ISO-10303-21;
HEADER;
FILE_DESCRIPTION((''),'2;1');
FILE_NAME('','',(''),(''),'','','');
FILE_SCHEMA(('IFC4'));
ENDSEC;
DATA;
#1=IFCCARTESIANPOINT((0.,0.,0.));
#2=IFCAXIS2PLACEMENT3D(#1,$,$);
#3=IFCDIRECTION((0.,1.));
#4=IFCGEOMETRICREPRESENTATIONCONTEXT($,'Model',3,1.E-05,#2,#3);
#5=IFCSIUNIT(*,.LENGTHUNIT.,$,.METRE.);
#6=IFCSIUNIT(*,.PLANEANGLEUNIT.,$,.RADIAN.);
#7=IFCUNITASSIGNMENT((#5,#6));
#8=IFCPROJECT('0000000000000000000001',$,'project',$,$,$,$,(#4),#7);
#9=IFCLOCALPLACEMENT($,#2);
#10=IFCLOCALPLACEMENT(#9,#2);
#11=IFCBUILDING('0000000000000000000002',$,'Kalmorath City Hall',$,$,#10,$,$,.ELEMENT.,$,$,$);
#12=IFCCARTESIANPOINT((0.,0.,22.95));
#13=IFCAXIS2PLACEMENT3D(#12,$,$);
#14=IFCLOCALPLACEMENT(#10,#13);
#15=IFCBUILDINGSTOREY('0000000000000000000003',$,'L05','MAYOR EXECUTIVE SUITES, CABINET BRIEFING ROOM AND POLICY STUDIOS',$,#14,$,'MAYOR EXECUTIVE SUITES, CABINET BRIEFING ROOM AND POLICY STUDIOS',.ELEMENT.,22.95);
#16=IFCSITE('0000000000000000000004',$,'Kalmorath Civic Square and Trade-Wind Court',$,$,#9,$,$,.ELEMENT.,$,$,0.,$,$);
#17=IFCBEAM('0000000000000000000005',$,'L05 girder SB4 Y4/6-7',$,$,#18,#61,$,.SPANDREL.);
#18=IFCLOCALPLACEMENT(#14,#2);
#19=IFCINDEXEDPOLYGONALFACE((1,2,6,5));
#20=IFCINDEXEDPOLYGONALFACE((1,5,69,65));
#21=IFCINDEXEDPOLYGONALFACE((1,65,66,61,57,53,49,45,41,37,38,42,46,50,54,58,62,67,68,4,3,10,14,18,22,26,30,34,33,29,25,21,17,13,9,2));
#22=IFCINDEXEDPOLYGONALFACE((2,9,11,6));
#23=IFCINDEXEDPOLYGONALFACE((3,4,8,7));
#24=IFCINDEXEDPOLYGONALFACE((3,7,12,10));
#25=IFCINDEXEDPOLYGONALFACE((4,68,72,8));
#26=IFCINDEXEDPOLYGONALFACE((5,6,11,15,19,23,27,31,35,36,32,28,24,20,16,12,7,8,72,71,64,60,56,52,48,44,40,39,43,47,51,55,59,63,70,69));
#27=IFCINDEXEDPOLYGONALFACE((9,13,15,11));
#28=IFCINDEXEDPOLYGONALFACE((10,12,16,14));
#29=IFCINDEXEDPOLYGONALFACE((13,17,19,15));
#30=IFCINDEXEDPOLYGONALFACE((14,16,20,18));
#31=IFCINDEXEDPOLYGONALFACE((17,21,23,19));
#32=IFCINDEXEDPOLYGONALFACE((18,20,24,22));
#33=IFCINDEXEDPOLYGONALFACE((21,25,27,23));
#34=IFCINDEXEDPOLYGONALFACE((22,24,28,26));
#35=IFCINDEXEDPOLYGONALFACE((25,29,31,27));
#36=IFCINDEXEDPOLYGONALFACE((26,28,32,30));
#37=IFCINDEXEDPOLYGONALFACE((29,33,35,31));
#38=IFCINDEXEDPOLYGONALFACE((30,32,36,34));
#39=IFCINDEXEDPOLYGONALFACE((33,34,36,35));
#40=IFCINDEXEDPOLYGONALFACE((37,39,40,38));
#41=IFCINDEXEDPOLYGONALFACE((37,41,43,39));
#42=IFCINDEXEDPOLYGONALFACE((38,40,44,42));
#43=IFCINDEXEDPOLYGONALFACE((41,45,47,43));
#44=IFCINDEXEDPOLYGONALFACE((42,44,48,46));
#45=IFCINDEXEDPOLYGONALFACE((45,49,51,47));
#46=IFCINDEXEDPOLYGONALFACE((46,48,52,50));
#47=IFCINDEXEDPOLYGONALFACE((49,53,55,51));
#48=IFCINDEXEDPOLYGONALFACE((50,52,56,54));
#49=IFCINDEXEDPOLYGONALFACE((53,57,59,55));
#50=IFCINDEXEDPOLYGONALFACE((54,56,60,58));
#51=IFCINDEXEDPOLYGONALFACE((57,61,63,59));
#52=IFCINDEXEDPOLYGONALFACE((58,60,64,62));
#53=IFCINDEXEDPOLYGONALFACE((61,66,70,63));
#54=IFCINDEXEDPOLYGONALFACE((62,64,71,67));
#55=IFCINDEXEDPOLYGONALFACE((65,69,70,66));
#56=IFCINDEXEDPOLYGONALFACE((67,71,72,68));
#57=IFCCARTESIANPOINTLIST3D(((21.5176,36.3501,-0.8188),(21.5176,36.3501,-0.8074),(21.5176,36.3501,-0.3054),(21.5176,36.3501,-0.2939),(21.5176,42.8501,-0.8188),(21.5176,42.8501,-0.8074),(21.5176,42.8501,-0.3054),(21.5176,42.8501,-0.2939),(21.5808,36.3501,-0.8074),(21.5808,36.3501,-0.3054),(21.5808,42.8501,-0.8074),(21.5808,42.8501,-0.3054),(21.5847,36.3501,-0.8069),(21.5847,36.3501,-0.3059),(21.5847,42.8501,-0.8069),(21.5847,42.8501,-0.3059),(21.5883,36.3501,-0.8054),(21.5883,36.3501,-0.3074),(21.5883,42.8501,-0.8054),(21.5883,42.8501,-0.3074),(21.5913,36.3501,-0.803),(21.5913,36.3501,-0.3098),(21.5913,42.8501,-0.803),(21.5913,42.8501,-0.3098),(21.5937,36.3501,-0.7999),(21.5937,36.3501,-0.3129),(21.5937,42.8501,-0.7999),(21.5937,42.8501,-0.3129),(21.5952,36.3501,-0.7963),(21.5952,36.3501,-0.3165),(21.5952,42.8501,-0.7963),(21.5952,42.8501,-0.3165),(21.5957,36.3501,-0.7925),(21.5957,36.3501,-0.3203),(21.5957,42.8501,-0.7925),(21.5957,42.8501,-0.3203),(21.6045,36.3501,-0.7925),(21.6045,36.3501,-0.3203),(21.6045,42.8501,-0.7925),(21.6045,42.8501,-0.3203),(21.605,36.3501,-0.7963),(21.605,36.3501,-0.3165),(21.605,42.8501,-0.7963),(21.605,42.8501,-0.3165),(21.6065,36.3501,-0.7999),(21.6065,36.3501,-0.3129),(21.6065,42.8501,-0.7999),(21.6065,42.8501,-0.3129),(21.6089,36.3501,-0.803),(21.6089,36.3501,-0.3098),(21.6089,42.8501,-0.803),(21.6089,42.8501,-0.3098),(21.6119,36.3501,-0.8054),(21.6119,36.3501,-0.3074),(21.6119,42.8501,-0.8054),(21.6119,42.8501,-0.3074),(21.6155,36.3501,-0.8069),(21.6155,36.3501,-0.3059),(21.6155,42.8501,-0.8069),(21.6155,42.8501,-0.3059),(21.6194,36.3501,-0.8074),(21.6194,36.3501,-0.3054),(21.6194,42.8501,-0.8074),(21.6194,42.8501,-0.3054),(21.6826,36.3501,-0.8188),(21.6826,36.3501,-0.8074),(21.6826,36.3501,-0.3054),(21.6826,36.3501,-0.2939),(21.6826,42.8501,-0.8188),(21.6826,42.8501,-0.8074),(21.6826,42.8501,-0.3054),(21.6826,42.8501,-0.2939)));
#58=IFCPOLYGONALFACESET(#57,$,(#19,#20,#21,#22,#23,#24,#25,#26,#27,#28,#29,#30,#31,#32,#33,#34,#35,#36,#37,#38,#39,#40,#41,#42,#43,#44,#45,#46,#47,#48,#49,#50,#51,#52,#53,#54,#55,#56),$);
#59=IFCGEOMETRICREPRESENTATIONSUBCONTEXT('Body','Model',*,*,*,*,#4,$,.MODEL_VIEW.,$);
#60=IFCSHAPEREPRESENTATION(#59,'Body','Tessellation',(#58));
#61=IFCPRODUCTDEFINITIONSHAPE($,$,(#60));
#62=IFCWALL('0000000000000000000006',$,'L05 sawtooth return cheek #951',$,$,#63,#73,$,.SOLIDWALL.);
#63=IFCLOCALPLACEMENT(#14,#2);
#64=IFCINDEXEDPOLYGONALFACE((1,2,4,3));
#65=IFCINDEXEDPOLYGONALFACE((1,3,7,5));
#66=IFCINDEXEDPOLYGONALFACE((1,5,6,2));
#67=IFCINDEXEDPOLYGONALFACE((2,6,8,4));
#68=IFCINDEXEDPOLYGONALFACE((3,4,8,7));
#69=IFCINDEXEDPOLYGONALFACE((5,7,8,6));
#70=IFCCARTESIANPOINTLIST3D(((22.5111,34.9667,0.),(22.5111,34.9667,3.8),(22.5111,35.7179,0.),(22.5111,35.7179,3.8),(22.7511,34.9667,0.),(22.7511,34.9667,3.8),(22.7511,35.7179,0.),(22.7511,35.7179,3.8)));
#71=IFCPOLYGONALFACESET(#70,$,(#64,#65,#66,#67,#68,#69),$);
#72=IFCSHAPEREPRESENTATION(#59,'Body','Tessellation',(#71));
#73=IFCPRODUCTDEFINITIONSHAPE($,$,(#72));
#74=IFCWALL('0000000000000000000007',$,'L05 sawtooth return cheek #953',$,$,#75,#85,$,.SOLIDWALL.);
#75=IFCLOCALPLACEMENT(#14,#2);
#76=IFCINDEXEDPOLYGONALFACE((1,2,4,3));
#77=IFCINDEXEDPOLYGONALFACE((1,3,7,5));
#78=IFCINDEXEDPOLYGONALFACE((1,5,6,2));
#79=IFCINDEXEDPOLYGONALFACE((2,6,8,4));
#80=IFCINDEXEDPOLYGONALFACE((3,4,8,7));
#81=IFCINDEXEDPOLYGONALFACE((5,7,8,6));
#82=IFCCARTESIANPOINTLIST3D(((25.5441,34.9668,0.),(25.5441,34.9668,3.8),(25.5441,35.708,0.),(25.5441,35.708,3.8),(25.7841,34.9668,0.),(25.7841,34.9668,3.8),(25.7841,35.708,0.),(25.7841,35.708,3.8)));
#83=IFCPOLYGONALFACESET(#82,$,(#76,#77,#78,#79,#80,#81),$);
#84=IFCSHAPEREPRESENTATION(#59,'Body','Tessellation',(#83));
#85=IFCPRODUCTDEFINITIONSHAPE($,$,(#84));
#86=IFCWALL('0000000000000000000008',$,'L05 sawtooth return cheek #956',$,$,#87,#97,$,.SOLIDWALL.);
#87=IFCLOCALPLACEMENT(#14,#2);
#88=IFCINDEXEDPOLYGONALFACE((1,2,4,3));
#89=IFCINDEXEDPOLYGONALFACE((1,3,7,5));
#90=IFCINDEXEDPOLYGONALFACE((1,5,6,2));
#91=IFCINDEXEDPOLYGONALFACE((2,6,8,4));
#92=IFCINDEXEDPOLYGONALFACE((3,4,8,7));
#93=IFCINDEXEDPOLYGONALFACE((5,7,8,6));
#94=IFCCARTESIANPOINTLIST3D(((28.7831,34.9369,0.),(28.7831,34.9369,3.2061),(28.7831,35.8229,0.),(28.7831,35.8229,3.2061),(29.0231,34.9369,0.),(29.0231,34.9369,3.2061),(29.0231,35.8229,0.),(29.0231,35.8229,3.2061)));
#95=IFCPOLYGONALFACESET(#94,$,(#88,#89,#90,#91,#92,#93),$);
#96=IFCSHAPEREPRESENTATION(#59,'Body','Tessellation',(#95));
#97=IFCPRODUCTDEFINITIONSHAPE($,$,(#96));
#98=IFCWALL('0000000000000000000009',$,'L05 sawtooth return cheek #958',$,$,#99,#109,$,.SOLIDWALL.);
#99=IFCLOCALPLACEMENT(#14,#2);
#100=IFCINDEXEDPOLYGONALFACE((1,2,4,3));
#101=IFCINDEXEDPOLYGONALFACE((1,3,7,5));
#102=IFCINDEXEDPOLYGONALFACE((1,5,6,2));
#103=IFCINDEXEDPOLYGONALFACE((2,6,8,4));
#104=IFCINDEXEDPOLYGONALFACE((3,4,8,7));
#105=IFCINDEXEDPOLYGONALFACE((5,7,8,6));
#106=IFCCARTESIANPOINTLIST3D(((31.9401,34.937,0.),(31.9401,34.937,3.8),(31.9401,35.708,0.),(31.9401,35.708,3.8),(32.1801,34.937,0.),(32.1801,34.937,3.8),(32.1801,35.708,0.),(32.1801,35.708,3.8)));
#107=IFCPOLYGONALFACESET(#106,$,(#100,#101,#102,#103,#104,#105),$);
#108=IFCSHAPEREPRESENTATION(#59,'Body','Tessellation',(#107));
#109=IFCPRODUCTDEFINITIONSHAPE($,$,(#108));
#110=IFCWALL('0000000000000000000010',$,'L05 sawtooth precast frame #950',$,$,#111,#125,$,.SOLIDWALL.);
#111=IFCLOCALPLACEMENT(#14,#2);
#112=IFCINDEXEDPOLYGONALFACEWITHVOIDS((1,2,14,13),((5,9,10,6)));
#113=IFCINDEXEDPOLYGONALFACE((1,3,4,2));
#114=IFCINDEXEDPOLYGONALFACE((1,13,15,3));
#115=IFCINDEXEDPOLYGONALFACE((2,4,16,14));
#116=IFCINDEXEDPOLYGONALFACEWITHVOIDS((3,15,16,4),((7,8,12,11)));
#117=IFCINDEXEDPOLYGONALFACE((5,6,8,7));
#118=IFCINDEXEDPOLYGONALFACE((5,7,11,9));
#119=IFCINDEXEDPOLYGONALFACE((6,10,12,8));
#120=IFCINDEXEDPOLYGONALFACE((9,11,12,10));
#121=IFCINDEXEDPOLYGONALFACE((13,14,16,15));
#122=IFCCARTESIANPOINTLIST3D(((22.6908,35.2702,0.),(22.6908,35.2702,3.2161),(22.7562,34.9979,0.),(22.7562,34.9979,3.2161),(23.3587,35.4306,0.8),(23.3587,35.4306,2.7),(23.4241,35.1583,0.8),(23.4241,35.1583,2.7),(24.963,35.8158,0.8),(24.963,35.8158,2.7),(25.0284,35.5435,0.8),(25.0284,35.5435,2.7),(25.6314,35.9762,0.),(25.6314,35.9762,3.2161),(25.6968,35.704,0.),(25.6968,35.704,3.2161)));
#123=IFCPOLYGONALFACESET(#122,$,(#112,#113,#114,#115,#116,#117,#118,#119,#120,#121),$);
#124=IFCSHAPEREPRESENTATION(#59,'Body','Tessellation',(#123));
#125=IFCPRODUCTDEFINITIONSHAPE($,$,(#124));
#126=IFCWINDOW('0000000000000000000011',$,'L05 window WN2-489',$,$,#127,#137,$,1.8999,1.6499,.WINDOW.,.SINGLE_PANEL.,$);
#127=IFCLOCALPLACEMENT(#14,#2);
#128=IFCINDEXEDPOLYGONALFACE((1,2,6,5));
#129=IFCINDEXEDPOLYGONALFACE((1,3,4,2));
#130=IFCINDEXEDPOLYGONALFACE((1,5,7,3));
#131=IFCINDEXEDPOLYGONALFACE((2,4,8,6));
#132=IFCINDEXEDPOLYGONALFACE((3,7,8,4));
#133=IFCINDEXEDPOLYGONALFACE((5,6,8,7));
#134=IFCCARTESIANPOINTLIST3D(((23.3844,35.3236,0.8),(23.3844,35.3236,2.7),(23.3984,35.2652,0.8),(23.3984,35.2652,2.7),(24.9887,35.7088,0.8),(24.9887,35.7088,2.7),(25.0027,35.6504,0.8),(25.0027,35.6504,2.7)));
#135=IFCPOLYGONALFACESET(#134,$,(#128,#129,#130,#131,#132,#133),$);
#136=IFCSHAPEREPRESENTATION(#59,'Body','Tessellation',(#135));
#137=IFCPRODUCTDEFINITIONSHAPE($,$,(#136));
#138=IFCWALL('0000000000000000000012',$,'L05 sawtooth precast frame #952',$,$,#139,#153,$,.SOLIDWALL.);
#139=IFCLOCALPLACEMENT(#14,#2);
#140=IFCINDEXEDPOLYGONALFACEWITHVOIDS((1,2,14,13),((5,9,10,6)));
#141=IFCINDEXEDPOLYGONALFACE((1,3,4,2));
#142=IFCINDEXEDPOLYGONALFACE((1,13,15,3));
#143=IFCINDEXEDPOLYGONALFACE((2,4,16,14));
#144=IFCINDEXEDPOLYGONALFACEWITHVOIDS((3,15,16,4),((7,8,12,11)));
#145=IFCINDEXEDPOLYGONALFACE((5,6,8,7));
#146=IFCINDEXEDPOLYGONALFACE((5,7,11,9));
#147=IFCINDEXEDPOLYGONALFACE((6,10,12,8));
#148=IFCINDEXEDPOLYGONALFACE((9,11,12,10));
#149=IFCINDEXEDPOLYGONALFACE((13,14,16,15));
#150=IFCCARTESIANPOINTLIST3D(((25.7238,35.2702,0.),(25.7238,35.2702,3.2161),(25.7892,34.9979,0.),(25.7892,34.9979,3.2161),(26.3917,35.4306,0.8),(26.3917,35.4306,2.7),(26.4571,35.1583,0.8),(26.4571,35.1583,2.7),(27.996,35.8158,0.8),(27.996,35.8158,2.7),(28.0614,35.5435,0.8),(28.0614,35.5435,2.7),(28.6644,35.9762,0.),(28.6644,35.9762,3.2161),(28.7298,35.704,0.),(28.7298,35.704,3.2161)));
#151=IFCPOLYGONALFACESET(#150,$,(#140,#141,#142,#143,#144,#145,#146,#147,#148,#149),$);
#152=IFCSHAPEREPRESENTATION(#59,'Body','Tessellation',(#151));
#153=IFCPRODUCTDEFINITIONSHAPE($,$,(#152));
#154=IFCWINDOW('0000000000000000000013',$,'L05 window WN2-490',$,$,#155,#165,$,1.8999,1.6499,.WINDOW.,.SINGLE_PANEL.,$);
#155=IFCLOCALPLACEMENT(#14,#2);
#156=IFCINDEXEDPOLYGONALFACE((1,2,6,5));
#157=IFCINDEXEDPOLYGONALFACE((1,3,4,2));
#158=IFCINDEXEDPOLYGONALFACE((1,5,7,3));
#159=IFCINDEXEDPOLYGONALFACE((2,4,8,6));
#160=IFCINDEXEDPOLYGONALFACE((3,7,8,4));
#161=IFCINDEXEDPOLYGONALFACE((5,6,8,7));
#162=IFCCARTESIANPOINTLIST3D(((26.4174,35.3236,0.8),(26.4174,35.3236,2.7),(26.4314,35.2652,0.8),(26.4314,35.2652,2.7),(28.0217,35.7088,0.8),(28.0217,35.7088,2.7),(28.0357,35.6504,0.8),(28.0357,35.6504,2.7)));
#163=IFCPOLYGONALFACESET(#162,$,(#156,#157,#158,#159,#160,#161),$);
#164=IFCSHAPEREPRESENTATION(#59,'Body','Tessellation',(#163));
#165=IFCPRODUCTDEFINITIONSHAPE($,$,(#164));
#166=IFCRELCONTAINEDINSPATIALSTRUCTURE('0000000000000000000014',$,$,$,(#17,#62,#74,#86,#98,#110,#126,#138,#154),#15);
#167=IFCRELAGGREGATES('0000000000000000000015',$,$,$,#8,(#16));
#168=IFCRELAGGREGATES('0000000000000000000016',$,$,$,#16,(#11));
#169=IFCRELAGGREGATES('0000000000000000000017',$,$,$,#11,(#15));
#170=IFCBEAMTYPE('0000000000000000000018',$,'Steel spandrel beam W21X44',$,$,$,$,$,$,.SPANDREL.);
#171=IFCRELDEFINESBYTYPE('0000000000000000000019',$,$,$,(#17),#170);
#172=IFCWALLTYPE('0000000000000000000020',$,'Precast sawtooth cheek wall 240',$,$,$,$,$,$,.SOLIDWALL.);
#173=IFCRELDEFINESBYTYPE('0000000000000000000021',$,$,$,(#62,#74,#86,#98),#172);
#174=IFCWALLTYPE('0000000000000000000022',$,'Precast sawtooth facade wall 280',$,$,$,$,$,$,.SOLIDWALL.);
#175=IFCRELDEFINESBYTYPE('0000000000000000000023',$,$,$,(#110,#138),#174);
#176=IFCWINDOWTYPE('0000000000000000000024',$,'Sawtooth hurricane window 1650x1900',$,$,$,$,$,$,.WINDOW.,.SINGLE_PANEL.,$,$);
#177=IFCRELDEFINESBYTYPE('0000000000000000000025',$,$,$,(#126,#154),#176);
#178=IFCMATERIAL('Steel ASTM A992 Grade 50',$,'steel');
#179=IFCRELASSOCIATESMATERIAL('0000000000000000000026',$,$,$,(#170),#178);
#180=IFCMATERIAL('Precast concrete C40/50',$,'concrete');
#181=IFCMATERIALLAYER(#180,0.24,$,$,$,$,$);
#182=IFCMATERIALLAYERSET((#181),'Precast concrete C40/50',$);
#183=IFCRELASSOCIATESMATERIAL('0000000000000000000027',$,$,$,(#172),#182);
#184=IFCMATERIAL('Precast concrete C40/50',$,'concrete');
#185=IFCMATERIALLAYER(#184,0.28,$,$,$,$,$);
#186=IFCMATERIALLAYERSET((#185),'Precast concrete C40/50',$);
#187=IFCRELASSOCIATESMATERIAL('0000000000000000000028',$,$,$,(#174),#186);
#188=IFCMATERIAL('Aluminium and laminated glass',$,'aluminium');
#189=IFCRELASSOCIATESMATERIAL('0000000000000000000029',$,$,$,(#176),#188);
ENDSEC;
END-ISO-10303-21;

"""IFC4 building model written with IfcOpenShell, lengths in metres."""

from ifc_helpers import new_model, si_unit, direction, frame, frame_2d, origin, origin_2d, place, context, subcontext, project, spatial, rectangle, i_section, extrude, material, layer, layer_set, material_profile, profile_set, type_object, element, fill, save


model = new_model("IFC4")

# Units and contexts
model_context = context("Model", 3, precision=1e-05, world=origin(), true_north=direction((0.0, 1.0)))
body_context = subcontext(model_context, "Body", "Model", "MODEL_VIEW")
ifc_project = project(units=[si_unit("LENGTHUNIT", "METRE"), si_unit("PLANEANGLEUNIT", "RADIAN")], contexts=[model_context])

# Site, building, storey
site_placement = place(None, origin())
site = spatial("IfcSite", under=ifc_project, at=site_placement, Name="Kalmorath Civic Square and Trade-Wind Court", CompositionType="ELEMENT", RefElevation=0.0)
building_placement = place(site_placement, origin())
building = spatial("IfcBuilding", under=site, at=building_placement, Name="Kalmorath City Hall", CompositionType="ELEMENT")
storey_placement = place(building_placement, frame((0.0, 0.0, 22.95)))
storey = spatial("IfcBuildingStorey", under=building, at=storey_placement, Name="L05", Description="MAYOR EXECUTIVE SUITES, CABINET BRIEFING ROOM AND POLICY STUDIOS", LongName="MAYOR EXECUTIVE SUITES, CABINET BRIEFING ROOM AND POLICY STUDIOS", CompositionType="ELEMENT", Elevation=22.95)

# Beam
ifc_material_1 = material(Name="Steel ASTM A992 Grade 50", Category="steel")
ifc_material_profile_1 = material_profile(ifc_material_1, i_section(OverallWidth=0.165, OverallDepth=0.5249, WebThickness=0.0088, FlangeThickness=0.0115, FilletRadius=0.0149, at=origin_2d()), Name="W21X44")
ifc_profile_set_1 = profile_set([ifc_material_profile_1], Name="Steel ASTM A992 Grade 50")
beam_type_1 = type_object("IfcBeamType", Name="Steel spandrel beam W21X44", PredefinedType="SPANDREL", material=ifc_profile_set_1)
beam_1_placement = place(storey_placement, frame((21.6001, 36.3501, -0.5564), z_axis=(0.0, 1.0, 0.0), x_axis=(-1.0, 0.0, 0.0)))
element("IfcBeam", 1, at=beam_1_placement, inside=storey, type_object=beam_type_1, Name="L05 girder SB4 Y4/6-7", PredefinedType="SPANDREL", context=body_context, shape_type="SweptSolid", body=[
    extrude(i_section(OverallWidth=0.165, OverallDepth=0.5249, WebThickness=0.0088, FlangeThickness=0.0115, FilletRadius=0.0149, at=origin_2d()), origin(), (0.0, 0.0, 1.0), 6.5),
])

# Walls
ifc_material_2 = material(Name="Precast concrete C40/50", Category="concrete")
ifc_layer_1 = layer(ifc_material_2, 0.24)
ifc_layer_set_1 = layer_set([ifc_layer_1], Name="Precast concrete C40/50")
wall_type_1 = type_object("IfcWallType", Name="Precast sawtooth cheek wall 240", PredefinedType="SOLIDWALL", material=ifc_layer_set_1)
wall_1_placement = place(storey_placement, frame((22.6311, 34.9668, 0.0), z_axis=(0.0, 0.0, 1.0), x_axis=(0.0, 1.0, 0.0)))
element("IfcWall", 2, at=wall_1_placement, inside=storey, type_object=wall_type_1, Name="L05 sawtooth return cheek #951", PredefinedType="SOLIDWALL", context=body_context, shape_type="SweptSolid", body=[
    extrude(rectangle(XDim=0.7512, YDim=0.24, at=frame_2d((0.3755, 0.0))), origin(), (0.0, 0.0, 1.0), 3.8),
])
wall_2_placement = place(storey_placement, frame((25.6641, 34.9668, 0.0), z_axis=(0.0, 0.0, 1.0), x_axis=(0.0, 1.0, 0.0)))
element("IfcWall", 3, at=wall_2_placement, inside=storey, type_object=wall_type_1, Name="L05 sawtooth return cheek #953", PredefinedType="SOLIDWALL", context=body_context, shape_type="SweptSolid", body=[
    extrude(rectangle(XDim=0.7412, YDim=0.24, at=frame_2d((0.3706, 0.0))), origin(), (0.0, 0.0, 1.0), 3.8),
])
wall_3_placement = place(storey_placement, frame((28.9031, 34.937, 0.0), z_axis=(0.0, 0.0, 1.0), x_axis=(0.0, 1.0, 0.0)))
element("IfcWall", 4, at=wall_3_placement, inside=storey, type_object=wall_type_1, Name="L05 sawtooth return cheek #956", PredefinedType="SOLIDWALL", context=body_context, shape_type="SweptSolid", body=[
    extrude(rectangle(XDim=0.886, YDim=0.24, at=frame_2d((0.4429, 0.0))), origin(), (0.0, 0.0, 1.0), 3.2061),
])
wall_4_placement = place(storey_placement, frame((32.0601, 34.937, 0.0), z_axis=(0.0, 0.0, 1.0), x_axis=(0.0, 1.0, 0.0)))
element("IfcWall", 5, at=wall_4_placement, inside=storey, type_object=wall_type_1, Name="L05 sawtooth return cheek #958", PredefinedType="SOLIDWALL", context=body_context, shape_type="SweptSolid", body=[
    extrude(rectangle(XDim=0.771, YDim=0.24, at=frame_2d((0.3855, 0.0))), origin(), (0.0, 0.0, 1.0), 3.8),
])

# Walls, openings, windows
ifc_material_3 = material(Name="Precast concrete C40/50", Category="concrete")
ifc_layer_2 = layer(ifc_material_3, 0.28)
ifc_layer_set_2 = layer_set([ifc_layer_2], Name="Precast concrete C40/50")
wall_type_2 = type_object("IfcWallType", Name="Precast sawtooth facade wall 280", PredefinedType="SOLIDWALL", material=ifc_layer_set_2)
wall_5_placement = place(storey_placement, frame((22.7234, 35.134, 0.0), z_axis=(0.0, 0.0, 1.0), x_axis=(0.972365, 0.233465, 0.0)))
wall_5 = element("IfcWall", 6, at=wall_5_placement, inside=storey, type_object=wall_type_2, Name="L05 sawtooth precast frame #950", PredefinedType="SOLIDWALL", context=body_context, shape_type="SweptSolid", body=[
    extrude(rectangle(XDim=3.0242, YDim=0.28, at=frame_2d((1.5122, 0.0))), origin(), (0.0, 0.0, 1.0), 3.2161),
])
opening_1_placement = place(wall_5_placement, frame((0.687, 0.0, 0.8)))
opening_1 = element("IfcOpeningElement", 7, at=opening_1_placement, cuts=wall_5, PredefinedType="OPENING", context=body_context, shape_type="SweptSolid", body=[
    extrude(rectangle(XDim=1.6499, YDim=1.8999, at=frame_2d((0.825, 0.95))), frame((0.0, 0.1499, 0.0), z_axis=(0.0, -1.0, 0.0), x_axis=(1.0, 0.0, 0.0)), (0.0, 0.0, 1.0), 0.3),
])
ifc_material_4 = material(Name="Aluminium and laminated glass", Category="aluminium")
window_type = type_object("IfcWindowType", Name="Sawtooth hurricane window 1650x1900", PartitioningType="SINGLE_PANEL", PredefinedType="WINDOW", material=ifc_material_4)
window_1_placement = place(opening_1_placement, origin())
window_1 = element("IfcWindow", 8, at=window_1_placement, inside=storey, type_object=window_type, Name="L05 window WN2-489", OverallHeight=1.8999, OverallWidth=1.6499, PartitioningType="SINGLE_PANEL", PredefinedType="WINDOW", context=body_context, shape_type="SweptSolid", body=[
    extrude(rectangle(XDim=1.6499, YDim=1.8999, at=frame_2d((0.825, 0.95))), frame((0.0, 0.03, 0.0), z_axis=(0.0, -1.0, 0.0), x_axis=(1.0, 0.0, 0.0)), (0.0, 0.0, 1.0), 0.0601),
])
fill(opening_1, window_1)
wall_6_placement = place(storey_placement, frame((25.7563, 35.134, 0.0), z_axis=(0.0, 0.0, 1.0), x_axis=(0.972365, 0.233465, 0.0)))
wall_6 = element("IfcWall", 9, at=wall_6_placement, inside=storey, type_object=wall_type_2, Name="L05 sawtooth precast frame #952", PredefinedType="SOLIDWALL", context=body_context, shape_type="SweptSolid", body=[
    extrude(rectangle(XDim=3.0242, YDim=0.28, at=frame_2d((1.5122, 0.0))), origin(), (0.0, 0.0, 1.0), 3.2161),
])
opening_2_placement = place(wall_6_placement, frame((0.687, 0.0, 0.8)))
opening_2 = element("IfcOpeningElement", 10, at=opening_2_placement, cuts=wall_6, PredefinedType="OPENING", context=body_context, shape_type="SweptSolid", body=[
    extrude(rectangle(XDim=1.6499, YDim=1.8999, at=frame_2d((0.825, 0.95))), frame((0.0, 0.1499, 0.0), z_axis=(0.0, -1.0, 0.0), x_axis=(1.0, 0.0, 0.0)), (0.0, 0.0, 1.0), 0.3),
])
window_2_placement = place(opening_2_placement, origin())
window_2 = element("IfcWindow", 11, at=window_2_placement, inside=storey, type_object=window_type, Name="L05 window WN2-490", OverallHeight=1.8999, OverallWidth=1.6499, PartitioningType="SINGLE_PANEL", PredefinedType="WINDOW", context=body_context, shape_type="SweptSolid", body=[
    extrude(rectangle(XDim=1.6499, YDim=1.8999, at=frame_2d((0.825, 0.95))), frame((0.0, 0.03, 0.0), z_axis=(0.0, -1.0, 0.0), x_axis=(1.0, 0.0, 0.0)), (0.0, 0.0, 1.0), 0.0601),
])
fill(opening_2, window_2)

save(model, "model.ifc")
